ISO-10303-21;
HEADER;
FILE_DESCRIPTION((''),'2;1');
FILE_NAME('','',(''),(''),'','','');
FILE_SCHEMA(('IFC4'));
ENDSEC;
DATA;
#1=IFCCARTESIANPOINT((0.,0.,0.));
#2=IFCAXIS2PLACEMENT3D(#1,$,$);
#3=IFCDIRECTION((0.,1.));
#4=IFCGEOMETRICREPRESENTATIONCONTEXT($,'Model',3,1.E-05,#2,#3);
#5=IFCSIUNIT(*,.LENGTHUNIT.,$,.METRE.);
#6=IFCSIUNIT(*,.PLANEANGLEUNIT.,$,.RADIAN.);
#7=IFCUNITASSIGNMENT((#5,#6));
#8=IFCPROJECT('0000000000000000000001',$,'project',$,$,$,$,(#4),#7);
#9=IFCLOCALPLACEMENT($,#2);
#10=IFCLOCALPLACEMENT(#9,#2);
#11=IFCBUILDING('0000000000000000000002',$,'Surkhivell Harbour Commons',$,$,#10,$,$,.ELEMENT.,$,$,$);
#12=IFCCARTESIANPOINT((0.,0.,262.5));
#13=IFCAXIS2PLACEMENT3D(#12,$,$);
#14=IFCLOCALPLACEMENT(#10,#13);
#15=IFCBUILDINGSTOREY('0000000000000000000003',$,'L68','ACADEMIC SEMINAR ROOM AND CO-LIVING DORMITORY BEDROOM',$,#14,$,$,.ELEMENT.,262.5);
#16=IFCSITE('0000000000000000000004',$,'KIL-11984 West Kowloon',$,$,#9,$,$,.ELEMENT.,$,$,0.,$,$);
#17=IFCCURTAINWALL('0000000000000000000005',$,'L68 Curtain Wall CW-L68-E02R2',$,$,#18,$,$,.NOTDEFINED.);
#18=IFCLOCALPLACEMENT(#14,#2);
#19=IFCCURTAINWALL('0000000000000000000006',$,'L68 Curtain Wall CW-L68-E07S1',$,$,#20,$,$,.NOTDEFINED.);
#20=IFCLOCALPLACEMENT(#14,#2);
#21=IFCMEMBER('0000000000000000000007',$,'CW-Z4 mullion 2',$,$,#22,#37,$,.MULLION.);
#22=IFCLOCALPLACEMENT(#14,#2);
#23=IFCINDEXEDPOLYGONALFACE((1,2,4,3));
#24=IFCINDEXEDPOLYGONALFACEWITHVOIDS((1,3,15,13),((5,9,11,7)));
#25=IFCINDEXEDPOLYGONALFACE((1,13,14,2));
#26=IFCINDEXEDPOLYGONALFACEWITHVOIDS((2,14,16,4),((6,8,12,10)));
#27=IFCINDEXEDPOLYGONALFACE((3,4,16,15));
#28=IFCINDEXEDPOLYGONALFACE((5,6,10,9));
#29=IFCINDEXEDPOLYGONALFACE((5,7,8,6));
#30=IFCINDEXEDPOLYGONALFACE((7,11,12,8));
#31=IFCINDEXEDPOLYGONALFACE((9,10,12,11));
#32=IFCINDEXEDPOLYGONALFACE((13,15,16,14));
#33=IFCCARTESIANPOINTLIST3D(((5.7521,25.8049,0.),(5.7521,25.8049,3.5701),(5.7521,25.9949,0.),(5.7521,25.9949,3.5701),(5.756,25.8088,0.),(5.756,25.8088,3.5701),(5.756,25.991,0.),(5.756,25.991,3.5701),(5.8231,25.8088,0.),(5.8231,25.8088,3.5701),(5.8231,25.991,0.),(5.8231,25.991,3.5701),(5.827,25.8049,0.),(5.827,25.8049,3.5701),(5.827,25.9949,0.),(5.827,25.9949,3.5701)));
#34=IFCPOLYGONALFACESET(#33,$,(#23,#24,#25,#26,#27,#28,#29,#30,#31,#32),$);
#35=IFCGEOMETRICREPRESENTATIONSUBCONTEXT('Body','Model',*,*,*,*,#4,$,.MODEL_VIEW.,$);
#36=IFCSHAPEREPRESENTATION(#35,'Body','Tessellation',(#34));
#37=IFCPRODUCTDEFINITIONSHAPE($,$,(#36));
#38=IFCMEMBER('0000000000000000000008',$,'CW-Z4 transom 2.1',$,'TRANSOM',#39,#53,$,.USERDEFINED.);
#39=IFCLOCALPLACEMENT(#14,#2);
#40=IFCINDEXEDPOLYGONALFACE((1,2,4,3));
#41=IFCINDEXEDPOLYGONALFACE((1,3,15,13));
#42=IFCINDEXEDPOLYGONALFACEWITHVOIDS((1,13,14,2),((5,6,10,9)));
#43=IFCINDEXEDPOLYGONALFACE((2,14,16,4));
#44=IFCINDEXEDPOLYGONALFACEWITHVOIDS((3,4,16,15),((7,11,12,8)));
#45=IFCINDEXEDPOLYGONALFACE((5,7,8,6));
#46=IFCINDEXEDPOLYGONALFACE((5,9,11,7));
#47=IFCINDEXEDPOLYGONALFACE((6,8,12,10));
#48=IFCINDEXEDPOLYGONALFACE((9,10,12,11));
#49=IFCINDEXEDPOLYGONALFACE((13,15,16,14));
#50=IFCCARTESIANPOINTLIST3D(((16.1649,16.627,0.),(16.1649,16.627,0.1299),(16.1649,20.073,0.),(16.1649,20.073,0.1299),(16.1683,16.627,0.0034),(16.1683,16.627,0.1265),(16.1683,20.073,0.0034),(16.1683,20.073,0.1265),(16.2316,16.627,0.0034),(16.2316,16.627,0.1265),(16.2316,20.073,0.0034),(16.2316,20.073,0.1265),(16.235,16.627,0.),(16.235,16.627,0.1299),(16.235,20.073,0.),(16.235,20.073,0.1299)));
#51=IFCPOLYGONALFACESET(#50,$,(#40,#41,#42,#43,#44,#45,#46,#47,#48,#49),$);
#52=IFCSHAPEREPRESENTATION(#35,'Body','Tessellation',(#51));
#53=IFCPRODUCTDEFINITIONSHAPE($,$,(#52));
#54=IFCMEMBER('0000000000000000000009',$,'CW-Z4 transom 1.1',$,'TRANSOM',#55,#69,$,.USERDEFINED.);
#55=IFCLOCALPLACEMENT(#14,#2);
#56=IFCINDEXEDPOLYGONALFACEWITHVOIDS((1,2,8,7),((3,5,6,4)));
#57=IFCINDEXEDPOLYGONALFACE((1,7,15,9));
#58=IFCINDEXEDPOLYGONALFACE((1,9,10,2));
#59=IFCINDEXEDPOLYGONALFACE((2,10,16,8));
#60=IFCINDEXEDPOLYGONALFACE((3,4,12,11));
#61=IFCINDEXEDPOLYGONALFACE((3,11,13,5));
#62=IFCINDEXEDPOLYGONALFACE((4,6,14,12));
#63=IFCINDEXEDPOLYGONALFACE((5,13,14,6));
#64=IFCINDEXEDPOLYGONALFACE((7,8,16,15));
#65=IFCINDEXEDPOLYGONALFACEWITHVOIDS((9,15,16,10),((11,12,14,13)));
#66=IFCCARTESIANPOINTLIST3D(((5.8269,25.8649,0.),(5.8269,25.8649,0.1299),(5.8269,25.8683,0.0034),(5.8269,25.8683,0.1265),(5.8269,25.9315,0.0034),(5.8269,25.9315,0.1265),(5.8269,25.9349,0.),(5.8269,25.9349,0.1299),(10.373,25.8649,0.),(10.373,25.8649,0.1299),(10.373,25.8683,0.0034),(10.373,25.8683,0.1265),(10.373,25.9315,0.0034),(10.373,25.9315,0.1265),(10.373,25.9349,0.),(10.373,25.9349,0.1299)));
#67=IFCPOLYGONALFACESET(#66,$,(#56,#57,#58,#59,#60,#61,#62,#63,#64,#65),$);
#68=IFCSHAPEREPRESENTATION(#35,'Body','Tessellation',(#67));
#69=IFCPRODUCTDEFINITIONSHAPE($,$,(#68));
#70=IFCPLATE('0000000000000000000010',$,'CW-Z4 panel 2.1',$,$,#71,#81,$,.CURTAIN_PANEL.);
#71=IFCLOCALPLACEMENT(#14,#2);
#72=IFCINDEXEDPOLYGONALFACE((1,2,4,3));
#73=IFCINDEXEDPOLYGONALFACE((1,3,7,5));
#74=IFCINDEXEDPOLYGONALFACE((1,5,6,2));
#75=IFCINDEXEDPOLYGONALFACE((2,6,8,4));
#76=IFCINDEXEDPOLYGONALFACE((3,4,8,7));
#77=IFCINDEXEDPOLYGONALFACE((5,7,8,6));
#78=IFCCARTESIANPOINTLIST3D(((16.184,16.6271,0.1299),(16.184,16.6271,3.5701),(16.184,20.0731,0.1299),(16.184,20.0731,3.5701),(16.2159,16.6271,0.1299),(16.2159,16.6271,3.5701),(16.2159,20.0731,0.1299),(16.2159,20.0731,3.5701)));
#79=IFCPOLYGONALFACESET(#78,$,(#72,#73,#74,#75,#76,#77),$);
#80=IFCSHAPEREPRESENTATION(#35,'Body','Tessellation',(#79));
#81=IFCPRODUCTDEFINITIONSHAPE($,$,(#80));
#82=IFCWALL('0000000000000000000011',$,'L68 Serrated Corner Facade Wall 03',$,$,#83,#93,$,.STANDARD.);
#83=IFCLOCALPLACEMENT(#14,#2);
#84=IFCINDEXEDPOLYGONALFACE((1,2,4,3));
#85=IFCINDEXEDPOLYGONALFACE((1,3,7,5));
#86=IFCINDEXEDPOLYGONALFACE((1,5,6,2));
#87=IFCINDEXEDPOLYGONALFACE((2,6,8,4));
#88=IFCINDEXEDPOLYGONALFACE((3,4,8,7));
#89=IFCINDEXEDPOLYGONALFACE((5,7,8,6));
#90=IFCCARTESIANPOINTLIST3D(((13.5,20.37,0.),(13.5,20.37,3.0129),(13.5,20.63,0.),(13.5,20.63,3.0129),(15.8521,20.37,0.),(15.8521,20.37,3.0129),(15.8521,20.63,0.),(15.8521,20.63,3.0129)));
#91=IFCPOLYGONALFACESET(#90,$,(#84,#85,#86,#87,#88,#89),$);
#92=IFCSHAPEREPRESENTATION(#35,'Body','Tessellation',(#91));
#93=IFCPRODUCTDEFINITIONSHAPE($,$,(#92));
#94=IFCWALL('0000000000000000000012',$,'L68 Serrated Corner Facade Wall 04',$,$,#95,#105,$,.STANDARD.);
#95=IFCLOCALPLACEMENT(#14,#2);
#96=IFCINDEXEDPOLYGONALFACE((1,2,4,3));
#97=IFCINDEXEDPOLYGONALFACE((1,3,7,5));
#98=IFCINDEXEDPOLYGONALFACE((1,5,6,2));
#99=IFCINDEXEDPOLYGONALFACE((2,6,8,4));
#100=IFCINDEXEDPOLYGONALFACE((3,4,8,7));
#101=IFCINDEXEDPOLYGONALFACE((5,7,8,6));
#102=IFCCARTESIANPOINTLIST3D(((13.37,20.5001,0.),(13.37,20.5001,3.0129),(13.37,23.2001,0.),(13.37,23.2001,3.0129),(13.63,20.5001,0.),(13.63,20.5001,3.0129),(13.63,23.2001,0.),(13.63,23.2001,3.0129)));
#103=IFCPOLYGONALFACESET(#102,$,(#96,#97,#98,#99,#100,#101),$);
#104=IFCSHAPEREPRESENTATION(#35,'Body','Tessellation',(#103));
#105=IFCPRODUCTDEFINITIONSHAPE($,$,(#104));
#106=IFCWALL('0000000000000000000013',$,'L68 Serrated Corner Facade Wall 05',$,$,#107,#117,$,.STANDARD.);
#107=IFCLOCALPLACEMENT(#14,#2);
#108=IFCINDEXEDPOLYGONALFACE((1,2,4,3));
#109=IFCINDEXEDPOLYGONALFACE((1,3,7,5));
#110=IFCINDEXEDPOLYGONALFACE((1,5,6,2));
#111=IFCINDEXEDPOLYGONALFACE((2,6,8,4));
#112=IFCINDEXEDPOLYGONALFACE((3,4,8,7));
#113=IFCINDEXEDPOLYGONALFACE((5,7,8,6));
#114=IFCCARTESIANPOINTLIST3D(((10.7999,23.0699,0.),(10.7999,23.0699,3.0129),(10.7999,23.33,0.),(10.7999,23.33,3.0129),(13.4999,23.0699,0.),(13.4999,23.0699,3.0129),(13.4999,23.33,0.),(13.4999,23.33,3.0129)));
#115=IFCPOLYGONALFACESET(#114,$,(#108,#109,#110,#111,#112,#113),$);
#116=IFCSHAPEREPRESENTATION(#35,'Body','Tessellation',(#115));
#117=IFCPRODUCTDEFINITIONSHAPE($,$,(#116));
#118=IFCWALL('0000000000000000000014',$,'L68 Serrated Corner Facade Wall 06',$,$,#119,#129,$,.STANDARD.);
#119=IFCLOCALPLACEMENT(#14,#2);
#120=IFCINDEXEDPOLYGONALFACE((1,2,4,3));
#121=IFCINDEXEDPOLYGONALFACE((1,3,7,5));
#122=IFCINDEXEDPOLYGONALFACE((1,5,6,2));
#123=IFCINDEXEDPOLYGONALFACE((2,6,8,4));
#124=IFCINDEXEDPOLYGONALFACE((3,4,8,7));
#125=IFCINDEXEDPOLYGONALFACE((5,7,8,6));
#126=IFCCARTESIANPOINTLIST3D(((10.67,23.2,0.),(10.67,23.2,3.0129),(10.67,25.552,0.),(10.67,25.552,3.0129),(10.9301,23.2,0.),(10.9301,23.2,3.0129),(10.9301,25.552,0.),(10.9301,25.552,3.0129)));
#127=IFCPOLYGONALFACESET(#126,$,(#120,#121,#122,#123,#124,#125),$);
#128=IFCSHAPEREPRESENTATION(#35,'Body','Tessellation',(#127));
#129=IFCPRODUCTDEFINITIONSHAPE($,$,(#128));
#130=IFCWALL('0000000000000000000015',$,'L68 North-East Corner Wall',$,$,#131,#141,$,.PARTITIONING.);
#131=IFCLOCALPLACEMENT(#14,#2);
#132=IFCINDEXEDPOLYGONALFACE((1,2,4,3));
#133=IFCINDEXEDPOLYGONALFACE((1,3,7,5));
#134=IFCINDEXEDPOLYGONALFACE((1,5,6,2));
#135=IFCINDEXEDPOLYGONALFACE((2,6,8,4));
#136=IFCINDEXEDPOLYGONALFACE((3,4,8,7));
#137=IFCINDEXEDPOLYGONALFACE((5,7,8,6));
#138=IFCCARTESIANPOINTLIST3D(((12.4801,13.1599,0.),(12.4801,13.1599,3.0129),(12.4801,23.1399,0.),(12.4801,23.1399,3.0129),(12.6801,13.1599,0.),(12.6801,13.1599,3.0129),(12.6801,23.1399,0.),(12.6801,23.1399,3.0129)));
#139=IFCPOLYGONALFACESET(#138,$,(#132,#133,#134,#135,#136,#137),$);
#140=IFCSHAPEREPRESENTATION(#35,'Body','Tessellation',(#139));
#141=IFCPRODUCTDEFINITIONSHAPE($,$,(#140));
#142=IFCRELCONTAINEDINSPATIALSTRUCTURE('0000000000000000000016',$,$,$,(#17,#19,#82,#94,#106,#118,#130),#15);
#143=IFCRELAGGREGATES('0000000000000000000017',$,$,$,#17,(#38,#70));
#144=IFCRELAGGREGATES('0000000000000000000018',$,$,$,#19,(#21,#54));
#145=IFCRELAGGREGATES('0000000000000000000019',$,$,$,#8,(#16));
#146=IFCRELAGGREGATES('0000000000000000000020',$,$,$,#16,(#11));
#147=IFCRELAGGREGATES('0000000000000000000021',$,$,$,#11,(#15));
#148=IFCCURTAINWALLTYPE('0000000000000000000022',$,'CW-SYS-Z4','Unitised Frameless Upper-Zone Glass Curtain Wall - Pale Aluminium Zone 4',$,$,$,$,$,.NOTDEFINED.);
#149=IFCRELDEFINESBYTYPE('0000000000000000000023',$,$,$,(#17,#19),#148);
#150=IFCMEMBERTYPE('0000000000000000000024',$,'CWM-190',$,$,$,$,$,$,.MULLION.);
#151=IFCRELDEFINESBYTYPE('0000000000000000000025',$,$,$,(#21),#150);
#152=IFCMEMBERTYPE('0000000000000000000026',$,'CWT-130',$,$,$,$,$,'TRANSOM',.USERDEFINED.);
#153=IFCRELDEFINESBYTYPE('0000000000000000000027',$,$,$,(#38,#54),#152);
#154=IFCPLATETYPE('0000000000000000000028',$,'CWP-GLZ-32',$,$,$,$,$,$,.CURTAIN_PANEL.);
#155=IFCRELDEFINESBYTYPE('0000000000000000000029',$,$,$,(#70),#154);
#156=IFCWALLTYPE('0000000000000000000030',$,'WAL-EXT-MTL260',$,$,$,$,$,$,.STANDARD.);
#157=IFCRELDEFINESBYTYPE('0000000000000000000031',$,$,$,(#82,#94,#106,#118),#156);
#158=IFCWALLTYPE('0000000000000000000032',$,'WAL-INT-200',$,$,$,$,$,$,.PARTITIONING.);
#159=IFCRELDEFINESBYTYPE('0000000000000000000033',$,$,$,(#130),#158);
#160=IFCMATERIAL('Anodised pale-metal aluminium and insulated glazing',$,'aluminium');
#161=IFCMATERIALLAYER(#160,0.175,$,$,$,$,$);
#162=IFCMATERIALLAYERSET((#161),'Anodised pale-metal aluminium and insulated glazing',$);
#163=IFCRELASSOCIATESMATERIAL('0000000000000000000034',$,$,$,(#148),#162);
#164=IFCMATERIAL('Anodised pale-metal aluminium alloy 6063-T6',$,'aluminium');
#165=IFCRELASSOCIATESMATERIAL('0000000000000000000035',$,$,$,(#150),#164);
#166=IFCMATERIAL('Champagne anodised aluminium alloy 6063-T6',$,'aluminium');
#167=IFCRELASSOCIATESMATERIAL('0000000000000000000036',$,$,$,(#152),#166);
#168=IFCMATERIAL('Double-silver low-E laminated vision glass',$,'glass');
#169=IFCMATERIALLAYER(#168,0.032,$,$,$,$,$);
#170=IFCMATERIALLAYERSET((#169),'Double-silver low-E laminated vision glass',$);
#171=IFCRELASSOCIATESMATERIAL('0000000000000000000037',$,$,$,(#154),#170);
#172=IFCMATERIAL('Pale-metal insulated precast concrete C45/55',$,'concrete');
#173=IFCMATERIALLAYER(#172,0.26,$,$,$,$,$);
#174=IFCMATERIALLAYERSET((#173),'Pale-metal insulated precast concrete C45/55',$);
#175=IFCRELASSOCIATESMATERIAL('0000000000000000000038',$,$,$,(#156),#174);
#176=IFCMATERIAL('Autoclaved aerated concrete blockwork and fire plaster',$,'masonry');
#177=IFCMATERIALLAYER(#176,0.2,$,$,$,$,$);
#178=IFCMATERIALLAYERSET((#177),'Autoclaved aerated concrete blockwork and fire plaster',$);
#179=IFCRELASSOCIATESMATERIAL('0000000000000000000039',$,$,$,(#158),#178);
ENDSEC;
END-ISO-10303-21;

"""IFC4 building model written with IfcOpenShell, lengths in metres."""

from ifc_helpers import new_model, si_unit, direction, frame, frame_2d, origin, origin_2d, place, context, subcontext, project, spatial, rectangle, hollow_rectangle, extrude, material, layer, layer_set, material_profile, profile_set, type_object, element, aggregate, save


model = new_model("IFC4")

# Units and contexts
model_context = context("Model", 3, precision=1e-05, world=origin(), true_north=direction((0.0, 1.0)))
body_context = subcontext(model_context, "Body", "Model", "MODEL_VIEW")
ifc_project = project(units=[si_unit("LENGTHUNIT", "METRE"), si_unit("PLANEANGLEUNIT", "RADIAN")], contexts=[model_context])

# Site, building, storey
site_placement = place(None, origin())
site = spatial("IfcSite", under=ifc_project, at=site_placement, Name="KIL-11984 West Kowloon", CompositionType="ELEMENT", RefElevation=0.0)
building_placement = place(site_placement, origin())
building = spatial("IfcBuilding", under=site, at=building_placement, Name="Surkhivell Harbour Commons", CompositionType="ELEMENT")
storey_placement = place(building_placement, frame((0.0, 0.0, 262.5)))
storey = spatial("IfcBuildingStorey", under=building, at=storey_placement, Name="L68", Description="ACADEMIC SEMINAR ROOM AND CO-LIVING DORMITORY BEDROOM", CompositionType="ELEMENT", Elevation=262.5)

# Curtain walls, member
ifc_material_1 = material(Name="Anodised pale-metal aluminium and insulated glazing", Category="aluminium")
ifc_layer_1 = layer(ifc_material_1, 0.175)
ifc_layer_set_1 = layer_set([ifc_layer_1], Name="Anodised pale-metal aluminium and insulated glazing")
curtain_wall_type = type_object("IfcCurtainWallType", Name="CW-SYS-Z4", Description="Unitised Frameless Upper-Zone Glass Curtain Wall - Pale Aluminium Zone 4", PredefinedType="NOTDEFINED", material=ifc_layer_set_1)
curtain_wall_1_placement = place(storey_placement, origin())
curtain_wall_1 = element("IfcCurtainWall", 1, at=curtain_wall_1_placement, inside=storey, type_object=curtain_wall_type, Name="L68 Curtain Wall CW-L68-E02R2", PredefinedType="NOTDEFINED")
ifc_material_2 = material(Name="Anodised pale-metal aluminium alloy 6063-T6", Category="aluminium")
ifc_material_profile_1 = material_profile(ifc_material_2, hollow_rectangle(XDim=0.075, YDim=0.1899, WallThickness=0.0039, at=origin_2d()), Name="ALU-MULL-75x190")
ifc_profile_set_1 = profile_set([ifc_material_profile_1], Name="Anodised pale-metal aluminium alloy 6063-T6")
member_type_1 = type_object("IfcMemberType", Name="CWM-190", PredefinedType="MULLION", material=ifc_profile_set_1)
curtain_wall_2_placement = place(storey_placement, origin())
curtain_wall_2 = element("IfcCurtainWall", 2, at=curtain_wall_2_placement, inside=storey, type_object=curtain_wall_type, Name="L68 Curtain Wall CW-L68-E07S1", PredefinedType="NOTDEFINED")
member_1_placement = place(storey_placement, frame((5.7896, 25.8999, 0.0), z_axis=(0.0, 0.0, 1.0), x_axis=(-1.0, 0.0, 0.0)))
member_1 = element("IfcMember", 3, at=member_1_placement, type_object=member_type_1, Name="CW-Z4 mullion 2", PredefinedType="MULLION", context=body_context, shape_type="SweptSolid", body=[
    extrude(hollow_rectangle(XDim=0.075, YDim=0.1899, WallThickness=0.0039, at=origin_2d()), origin(), (0.0, 0.0, 1.0), 3.5701),
])

# Members
ifc_material_3 = material(Name="Champagne anodised aluminium alloy 6063-T6", Category="aluminium")
ifc_material_profile_2 = material_profile(ifc_material_3, hollow_rectangle(XDim=0.0701, YDim=0.1299, WallThickness=0.0034, at=origin_2d()), Name="ALU-TRAN-70x130")
ifc_profile_set_2 = profile_set([ifc_material_profile_2], Name="Champagne anodised aluminium alloy 6063-T6")
member_type_2 = type_object("IfcMemberType", Name="CWT-130", ElementType="TRANSOM", PredefinedType="USERDEFINED", material=ifc_profile_set_2)
member_2_placement = place(storey_placement, frame((16.2, 16.627, 0.0649), z_axis=(0.0, 1.0, 0.0), x_axis=(-1.0, 0.0, 0.0)))
member_2 = element("IfcMember", 4, at=member_2_placement, type_object=member_type_2, Name="CW-Z4 transom 2.1", ObjectType="TRANSOM", PredefinedType="USERDEFINED", context=body_context, shape_type="SweptSolid", body=[
    extrude(hollow_rectangle(XDim=0.0701, YDim=0.1299, WallThickness=0.0034, at=origin_2d()), origin(), (0.0, 0.0, 1.0), 3.446),
])
member_3_placement = place(storey_placement, frame((10.373, 25.8999, 0.0649), z_axis=(-1.0, 0.0, 0.0), x_axis=(0.0, -1.0, 0.0)))
member_3 = element("IfcMember", 5, at=member_3_placement, type_object=member_type_2, Name="CW-Z4 transom 1.1", ObjectType="TRANSOM", PredefinedType="USERDEFINED", context=body_context, shape_type="SweptSolid", body=[
    extrude(hollow_rectangle(XDim=0.0701, YDim=0.1299, WallThickness=0.0034, at=origin_2d()), origin(), (0.0, 0.0, 1.0), 4.5461),
])

# Plate
ifc_material_4 = material(Name="Double-silver low-E laminated vision glass", Category="glass")
ifc_layer_2 = layer(ifc_material_4, 0.032)
ifc_layer_set_2 = layer_set([ifc_layer_2], Name="Double-silver low-E laminated vision glass")
plate_type = type_object("IfcPlateType", Name="CWP-GLZ-32", PredefinedType="CURTAIN_PANEL", material=ifc_layer_set_2)
plate_1_placement = place(storey_placement, frame((16.2, 16.627, 0.1299), z_axis=(0.0, 0.0, 1.0), x_axis=(0.0, 1.0, 0.0)))
plate_1 = element("IfcPlate", 6, at=plate_1_placement, type_object=plate_type, Name="CW-Z4 panel 2.1", PredefinedType="CURTAIN_PANEL", context=body_context, shape_type="SweptSolid", body=[
    extrude(rectangle(XDim=3.446, YDim=0.032, at=frame_2d((1.7231, 0.0))), origin(), (0.0, 0.0, 1.0), 3.4402),
])
aggregate(curtain_wall_1, [member_2, plate_1])
aggregate(curtain_wall_2, [member_1, member_3])

# Walls
ifc_material_5 = material(Name="Pale-metal insulated precast concrete C45/55", Category="concrete")
ifc_layer_3 = layer(ifc_material_5, 0.26)
ifc_layer_set_3 = layer_set([ifc_layer_3], Name="Pale-metal insulated precast concrete C45/55")
wall_type_1 = type_object("IfcWallType", Name="WAL-EXT-MTL260", PredefinedType="STANDARD", material=ifc_layer_set_3)
wall_1_placement = place(storey_placement, frame((15.8521, 20.5, 0.0), z_axis=(0.0, 0.0, 1.0), x_axis=(-1.0, 0.0, 0.0)))
element("IfcWall", 7, at=wall_1_placement, inside=storey, type_object=wall_type_1, Name="L68 Serrated Corner Facade Wall 03", PredefinedType="STANDARD", context=body_context, shape_type="SweptSolid", body=[
    extrude(rectangle(XDim=2.3521, YDim=0.26, at=frame_2d((1.176, 0.0))), origin(), (0.0, 0.0, 1.0), 3.0129),
])
for number, where, z_axis, x_axis, name in (
    (8, (13.5, 20.5, 0.0), (0.0, 0.0, 1.0), (0.0, 1.0, 0.0), "L68 Serrated Corner Facade Wall 04"),
    (9, (13.5, 23.2, 0.0), (0.0, 0.0, 1.0), (-1.0, 0.0, 0.0), "L68 Serrated Corner Facade Wall 05"),
):
    element("IfcWall", number, at=place(storey_placement, frame(where, z_axis=z_axis, x_axis=x_axis)), inside=storey, type_object=wall_type_1, Name=name, PredefinedType="STANDARD", context=body_context, shape_type="SweptSolid", body=[
        extrude(rectangle(XDim=2.7, YDim=0.26, at=frame_2d((1.3501, 0.0))), origin(), (0.0, 0.0, 1.0), 3.0129),
    ])
wall_2_placement = place(storey_placement, frame((10.8, 23.2, 0.0), z_axis=(0.0, 0.0, 1.0), x_axis=(0.0, 1.0, 0.0)))
element("IfcWall", 10, at=wall_2_placement, inside=storey, type_object=wall_type_1, Name="L68 Serrated Corner Facade Wall 06", PredefinedType="STANDARD", context=body_context, shape_type="SweptSolid", body=[
    extrude(rectangle(XDim=2.3521, YDim=0.26, at=frame_2d((1.176, 0.0))), origin(), (0.0, 0.0, 1.0), 3.0129),
])
ifc_material_6 = material(Name="Autoclaved aerated concrete blockwork and fire plaster", Category="masonry")
ifc_layer_4 = layer(ifc_material_6, 0.2)
ifc_layer_set_4 = layer_set([ifc_layer_4], Name="Autoclaved aerated concrete blockwork and fire plaster")
wall_type_2 = type_object("IfcWallType", Name="WAL-INT-200", PredefinedType="PARTITIONING", material=ifc_layer_set_4)
wall_3_placement = place(storey_placement, frame((12.5801, 13.1599, 0.0), z_axis=(0.0, 0.0, 1.0), x_axis=(0.0, 1.0, 0.0)))
element("IfcWall", 11, at=wall_3_placement, inside=storey, type_object=wall_type_2, Name="L68 North-East Corner Wall", PredefinedType="PARTITIONING", context=body_context, shape_type="SweptSolid", body=[
    extrude(rectangle(XDim=9.98, YDim=0.2, at=frame_2d((4.99, 0.0))), origin(), (0.0, 0.0, 1.0), 3.0129),
])

save(model, "model.ifc")
